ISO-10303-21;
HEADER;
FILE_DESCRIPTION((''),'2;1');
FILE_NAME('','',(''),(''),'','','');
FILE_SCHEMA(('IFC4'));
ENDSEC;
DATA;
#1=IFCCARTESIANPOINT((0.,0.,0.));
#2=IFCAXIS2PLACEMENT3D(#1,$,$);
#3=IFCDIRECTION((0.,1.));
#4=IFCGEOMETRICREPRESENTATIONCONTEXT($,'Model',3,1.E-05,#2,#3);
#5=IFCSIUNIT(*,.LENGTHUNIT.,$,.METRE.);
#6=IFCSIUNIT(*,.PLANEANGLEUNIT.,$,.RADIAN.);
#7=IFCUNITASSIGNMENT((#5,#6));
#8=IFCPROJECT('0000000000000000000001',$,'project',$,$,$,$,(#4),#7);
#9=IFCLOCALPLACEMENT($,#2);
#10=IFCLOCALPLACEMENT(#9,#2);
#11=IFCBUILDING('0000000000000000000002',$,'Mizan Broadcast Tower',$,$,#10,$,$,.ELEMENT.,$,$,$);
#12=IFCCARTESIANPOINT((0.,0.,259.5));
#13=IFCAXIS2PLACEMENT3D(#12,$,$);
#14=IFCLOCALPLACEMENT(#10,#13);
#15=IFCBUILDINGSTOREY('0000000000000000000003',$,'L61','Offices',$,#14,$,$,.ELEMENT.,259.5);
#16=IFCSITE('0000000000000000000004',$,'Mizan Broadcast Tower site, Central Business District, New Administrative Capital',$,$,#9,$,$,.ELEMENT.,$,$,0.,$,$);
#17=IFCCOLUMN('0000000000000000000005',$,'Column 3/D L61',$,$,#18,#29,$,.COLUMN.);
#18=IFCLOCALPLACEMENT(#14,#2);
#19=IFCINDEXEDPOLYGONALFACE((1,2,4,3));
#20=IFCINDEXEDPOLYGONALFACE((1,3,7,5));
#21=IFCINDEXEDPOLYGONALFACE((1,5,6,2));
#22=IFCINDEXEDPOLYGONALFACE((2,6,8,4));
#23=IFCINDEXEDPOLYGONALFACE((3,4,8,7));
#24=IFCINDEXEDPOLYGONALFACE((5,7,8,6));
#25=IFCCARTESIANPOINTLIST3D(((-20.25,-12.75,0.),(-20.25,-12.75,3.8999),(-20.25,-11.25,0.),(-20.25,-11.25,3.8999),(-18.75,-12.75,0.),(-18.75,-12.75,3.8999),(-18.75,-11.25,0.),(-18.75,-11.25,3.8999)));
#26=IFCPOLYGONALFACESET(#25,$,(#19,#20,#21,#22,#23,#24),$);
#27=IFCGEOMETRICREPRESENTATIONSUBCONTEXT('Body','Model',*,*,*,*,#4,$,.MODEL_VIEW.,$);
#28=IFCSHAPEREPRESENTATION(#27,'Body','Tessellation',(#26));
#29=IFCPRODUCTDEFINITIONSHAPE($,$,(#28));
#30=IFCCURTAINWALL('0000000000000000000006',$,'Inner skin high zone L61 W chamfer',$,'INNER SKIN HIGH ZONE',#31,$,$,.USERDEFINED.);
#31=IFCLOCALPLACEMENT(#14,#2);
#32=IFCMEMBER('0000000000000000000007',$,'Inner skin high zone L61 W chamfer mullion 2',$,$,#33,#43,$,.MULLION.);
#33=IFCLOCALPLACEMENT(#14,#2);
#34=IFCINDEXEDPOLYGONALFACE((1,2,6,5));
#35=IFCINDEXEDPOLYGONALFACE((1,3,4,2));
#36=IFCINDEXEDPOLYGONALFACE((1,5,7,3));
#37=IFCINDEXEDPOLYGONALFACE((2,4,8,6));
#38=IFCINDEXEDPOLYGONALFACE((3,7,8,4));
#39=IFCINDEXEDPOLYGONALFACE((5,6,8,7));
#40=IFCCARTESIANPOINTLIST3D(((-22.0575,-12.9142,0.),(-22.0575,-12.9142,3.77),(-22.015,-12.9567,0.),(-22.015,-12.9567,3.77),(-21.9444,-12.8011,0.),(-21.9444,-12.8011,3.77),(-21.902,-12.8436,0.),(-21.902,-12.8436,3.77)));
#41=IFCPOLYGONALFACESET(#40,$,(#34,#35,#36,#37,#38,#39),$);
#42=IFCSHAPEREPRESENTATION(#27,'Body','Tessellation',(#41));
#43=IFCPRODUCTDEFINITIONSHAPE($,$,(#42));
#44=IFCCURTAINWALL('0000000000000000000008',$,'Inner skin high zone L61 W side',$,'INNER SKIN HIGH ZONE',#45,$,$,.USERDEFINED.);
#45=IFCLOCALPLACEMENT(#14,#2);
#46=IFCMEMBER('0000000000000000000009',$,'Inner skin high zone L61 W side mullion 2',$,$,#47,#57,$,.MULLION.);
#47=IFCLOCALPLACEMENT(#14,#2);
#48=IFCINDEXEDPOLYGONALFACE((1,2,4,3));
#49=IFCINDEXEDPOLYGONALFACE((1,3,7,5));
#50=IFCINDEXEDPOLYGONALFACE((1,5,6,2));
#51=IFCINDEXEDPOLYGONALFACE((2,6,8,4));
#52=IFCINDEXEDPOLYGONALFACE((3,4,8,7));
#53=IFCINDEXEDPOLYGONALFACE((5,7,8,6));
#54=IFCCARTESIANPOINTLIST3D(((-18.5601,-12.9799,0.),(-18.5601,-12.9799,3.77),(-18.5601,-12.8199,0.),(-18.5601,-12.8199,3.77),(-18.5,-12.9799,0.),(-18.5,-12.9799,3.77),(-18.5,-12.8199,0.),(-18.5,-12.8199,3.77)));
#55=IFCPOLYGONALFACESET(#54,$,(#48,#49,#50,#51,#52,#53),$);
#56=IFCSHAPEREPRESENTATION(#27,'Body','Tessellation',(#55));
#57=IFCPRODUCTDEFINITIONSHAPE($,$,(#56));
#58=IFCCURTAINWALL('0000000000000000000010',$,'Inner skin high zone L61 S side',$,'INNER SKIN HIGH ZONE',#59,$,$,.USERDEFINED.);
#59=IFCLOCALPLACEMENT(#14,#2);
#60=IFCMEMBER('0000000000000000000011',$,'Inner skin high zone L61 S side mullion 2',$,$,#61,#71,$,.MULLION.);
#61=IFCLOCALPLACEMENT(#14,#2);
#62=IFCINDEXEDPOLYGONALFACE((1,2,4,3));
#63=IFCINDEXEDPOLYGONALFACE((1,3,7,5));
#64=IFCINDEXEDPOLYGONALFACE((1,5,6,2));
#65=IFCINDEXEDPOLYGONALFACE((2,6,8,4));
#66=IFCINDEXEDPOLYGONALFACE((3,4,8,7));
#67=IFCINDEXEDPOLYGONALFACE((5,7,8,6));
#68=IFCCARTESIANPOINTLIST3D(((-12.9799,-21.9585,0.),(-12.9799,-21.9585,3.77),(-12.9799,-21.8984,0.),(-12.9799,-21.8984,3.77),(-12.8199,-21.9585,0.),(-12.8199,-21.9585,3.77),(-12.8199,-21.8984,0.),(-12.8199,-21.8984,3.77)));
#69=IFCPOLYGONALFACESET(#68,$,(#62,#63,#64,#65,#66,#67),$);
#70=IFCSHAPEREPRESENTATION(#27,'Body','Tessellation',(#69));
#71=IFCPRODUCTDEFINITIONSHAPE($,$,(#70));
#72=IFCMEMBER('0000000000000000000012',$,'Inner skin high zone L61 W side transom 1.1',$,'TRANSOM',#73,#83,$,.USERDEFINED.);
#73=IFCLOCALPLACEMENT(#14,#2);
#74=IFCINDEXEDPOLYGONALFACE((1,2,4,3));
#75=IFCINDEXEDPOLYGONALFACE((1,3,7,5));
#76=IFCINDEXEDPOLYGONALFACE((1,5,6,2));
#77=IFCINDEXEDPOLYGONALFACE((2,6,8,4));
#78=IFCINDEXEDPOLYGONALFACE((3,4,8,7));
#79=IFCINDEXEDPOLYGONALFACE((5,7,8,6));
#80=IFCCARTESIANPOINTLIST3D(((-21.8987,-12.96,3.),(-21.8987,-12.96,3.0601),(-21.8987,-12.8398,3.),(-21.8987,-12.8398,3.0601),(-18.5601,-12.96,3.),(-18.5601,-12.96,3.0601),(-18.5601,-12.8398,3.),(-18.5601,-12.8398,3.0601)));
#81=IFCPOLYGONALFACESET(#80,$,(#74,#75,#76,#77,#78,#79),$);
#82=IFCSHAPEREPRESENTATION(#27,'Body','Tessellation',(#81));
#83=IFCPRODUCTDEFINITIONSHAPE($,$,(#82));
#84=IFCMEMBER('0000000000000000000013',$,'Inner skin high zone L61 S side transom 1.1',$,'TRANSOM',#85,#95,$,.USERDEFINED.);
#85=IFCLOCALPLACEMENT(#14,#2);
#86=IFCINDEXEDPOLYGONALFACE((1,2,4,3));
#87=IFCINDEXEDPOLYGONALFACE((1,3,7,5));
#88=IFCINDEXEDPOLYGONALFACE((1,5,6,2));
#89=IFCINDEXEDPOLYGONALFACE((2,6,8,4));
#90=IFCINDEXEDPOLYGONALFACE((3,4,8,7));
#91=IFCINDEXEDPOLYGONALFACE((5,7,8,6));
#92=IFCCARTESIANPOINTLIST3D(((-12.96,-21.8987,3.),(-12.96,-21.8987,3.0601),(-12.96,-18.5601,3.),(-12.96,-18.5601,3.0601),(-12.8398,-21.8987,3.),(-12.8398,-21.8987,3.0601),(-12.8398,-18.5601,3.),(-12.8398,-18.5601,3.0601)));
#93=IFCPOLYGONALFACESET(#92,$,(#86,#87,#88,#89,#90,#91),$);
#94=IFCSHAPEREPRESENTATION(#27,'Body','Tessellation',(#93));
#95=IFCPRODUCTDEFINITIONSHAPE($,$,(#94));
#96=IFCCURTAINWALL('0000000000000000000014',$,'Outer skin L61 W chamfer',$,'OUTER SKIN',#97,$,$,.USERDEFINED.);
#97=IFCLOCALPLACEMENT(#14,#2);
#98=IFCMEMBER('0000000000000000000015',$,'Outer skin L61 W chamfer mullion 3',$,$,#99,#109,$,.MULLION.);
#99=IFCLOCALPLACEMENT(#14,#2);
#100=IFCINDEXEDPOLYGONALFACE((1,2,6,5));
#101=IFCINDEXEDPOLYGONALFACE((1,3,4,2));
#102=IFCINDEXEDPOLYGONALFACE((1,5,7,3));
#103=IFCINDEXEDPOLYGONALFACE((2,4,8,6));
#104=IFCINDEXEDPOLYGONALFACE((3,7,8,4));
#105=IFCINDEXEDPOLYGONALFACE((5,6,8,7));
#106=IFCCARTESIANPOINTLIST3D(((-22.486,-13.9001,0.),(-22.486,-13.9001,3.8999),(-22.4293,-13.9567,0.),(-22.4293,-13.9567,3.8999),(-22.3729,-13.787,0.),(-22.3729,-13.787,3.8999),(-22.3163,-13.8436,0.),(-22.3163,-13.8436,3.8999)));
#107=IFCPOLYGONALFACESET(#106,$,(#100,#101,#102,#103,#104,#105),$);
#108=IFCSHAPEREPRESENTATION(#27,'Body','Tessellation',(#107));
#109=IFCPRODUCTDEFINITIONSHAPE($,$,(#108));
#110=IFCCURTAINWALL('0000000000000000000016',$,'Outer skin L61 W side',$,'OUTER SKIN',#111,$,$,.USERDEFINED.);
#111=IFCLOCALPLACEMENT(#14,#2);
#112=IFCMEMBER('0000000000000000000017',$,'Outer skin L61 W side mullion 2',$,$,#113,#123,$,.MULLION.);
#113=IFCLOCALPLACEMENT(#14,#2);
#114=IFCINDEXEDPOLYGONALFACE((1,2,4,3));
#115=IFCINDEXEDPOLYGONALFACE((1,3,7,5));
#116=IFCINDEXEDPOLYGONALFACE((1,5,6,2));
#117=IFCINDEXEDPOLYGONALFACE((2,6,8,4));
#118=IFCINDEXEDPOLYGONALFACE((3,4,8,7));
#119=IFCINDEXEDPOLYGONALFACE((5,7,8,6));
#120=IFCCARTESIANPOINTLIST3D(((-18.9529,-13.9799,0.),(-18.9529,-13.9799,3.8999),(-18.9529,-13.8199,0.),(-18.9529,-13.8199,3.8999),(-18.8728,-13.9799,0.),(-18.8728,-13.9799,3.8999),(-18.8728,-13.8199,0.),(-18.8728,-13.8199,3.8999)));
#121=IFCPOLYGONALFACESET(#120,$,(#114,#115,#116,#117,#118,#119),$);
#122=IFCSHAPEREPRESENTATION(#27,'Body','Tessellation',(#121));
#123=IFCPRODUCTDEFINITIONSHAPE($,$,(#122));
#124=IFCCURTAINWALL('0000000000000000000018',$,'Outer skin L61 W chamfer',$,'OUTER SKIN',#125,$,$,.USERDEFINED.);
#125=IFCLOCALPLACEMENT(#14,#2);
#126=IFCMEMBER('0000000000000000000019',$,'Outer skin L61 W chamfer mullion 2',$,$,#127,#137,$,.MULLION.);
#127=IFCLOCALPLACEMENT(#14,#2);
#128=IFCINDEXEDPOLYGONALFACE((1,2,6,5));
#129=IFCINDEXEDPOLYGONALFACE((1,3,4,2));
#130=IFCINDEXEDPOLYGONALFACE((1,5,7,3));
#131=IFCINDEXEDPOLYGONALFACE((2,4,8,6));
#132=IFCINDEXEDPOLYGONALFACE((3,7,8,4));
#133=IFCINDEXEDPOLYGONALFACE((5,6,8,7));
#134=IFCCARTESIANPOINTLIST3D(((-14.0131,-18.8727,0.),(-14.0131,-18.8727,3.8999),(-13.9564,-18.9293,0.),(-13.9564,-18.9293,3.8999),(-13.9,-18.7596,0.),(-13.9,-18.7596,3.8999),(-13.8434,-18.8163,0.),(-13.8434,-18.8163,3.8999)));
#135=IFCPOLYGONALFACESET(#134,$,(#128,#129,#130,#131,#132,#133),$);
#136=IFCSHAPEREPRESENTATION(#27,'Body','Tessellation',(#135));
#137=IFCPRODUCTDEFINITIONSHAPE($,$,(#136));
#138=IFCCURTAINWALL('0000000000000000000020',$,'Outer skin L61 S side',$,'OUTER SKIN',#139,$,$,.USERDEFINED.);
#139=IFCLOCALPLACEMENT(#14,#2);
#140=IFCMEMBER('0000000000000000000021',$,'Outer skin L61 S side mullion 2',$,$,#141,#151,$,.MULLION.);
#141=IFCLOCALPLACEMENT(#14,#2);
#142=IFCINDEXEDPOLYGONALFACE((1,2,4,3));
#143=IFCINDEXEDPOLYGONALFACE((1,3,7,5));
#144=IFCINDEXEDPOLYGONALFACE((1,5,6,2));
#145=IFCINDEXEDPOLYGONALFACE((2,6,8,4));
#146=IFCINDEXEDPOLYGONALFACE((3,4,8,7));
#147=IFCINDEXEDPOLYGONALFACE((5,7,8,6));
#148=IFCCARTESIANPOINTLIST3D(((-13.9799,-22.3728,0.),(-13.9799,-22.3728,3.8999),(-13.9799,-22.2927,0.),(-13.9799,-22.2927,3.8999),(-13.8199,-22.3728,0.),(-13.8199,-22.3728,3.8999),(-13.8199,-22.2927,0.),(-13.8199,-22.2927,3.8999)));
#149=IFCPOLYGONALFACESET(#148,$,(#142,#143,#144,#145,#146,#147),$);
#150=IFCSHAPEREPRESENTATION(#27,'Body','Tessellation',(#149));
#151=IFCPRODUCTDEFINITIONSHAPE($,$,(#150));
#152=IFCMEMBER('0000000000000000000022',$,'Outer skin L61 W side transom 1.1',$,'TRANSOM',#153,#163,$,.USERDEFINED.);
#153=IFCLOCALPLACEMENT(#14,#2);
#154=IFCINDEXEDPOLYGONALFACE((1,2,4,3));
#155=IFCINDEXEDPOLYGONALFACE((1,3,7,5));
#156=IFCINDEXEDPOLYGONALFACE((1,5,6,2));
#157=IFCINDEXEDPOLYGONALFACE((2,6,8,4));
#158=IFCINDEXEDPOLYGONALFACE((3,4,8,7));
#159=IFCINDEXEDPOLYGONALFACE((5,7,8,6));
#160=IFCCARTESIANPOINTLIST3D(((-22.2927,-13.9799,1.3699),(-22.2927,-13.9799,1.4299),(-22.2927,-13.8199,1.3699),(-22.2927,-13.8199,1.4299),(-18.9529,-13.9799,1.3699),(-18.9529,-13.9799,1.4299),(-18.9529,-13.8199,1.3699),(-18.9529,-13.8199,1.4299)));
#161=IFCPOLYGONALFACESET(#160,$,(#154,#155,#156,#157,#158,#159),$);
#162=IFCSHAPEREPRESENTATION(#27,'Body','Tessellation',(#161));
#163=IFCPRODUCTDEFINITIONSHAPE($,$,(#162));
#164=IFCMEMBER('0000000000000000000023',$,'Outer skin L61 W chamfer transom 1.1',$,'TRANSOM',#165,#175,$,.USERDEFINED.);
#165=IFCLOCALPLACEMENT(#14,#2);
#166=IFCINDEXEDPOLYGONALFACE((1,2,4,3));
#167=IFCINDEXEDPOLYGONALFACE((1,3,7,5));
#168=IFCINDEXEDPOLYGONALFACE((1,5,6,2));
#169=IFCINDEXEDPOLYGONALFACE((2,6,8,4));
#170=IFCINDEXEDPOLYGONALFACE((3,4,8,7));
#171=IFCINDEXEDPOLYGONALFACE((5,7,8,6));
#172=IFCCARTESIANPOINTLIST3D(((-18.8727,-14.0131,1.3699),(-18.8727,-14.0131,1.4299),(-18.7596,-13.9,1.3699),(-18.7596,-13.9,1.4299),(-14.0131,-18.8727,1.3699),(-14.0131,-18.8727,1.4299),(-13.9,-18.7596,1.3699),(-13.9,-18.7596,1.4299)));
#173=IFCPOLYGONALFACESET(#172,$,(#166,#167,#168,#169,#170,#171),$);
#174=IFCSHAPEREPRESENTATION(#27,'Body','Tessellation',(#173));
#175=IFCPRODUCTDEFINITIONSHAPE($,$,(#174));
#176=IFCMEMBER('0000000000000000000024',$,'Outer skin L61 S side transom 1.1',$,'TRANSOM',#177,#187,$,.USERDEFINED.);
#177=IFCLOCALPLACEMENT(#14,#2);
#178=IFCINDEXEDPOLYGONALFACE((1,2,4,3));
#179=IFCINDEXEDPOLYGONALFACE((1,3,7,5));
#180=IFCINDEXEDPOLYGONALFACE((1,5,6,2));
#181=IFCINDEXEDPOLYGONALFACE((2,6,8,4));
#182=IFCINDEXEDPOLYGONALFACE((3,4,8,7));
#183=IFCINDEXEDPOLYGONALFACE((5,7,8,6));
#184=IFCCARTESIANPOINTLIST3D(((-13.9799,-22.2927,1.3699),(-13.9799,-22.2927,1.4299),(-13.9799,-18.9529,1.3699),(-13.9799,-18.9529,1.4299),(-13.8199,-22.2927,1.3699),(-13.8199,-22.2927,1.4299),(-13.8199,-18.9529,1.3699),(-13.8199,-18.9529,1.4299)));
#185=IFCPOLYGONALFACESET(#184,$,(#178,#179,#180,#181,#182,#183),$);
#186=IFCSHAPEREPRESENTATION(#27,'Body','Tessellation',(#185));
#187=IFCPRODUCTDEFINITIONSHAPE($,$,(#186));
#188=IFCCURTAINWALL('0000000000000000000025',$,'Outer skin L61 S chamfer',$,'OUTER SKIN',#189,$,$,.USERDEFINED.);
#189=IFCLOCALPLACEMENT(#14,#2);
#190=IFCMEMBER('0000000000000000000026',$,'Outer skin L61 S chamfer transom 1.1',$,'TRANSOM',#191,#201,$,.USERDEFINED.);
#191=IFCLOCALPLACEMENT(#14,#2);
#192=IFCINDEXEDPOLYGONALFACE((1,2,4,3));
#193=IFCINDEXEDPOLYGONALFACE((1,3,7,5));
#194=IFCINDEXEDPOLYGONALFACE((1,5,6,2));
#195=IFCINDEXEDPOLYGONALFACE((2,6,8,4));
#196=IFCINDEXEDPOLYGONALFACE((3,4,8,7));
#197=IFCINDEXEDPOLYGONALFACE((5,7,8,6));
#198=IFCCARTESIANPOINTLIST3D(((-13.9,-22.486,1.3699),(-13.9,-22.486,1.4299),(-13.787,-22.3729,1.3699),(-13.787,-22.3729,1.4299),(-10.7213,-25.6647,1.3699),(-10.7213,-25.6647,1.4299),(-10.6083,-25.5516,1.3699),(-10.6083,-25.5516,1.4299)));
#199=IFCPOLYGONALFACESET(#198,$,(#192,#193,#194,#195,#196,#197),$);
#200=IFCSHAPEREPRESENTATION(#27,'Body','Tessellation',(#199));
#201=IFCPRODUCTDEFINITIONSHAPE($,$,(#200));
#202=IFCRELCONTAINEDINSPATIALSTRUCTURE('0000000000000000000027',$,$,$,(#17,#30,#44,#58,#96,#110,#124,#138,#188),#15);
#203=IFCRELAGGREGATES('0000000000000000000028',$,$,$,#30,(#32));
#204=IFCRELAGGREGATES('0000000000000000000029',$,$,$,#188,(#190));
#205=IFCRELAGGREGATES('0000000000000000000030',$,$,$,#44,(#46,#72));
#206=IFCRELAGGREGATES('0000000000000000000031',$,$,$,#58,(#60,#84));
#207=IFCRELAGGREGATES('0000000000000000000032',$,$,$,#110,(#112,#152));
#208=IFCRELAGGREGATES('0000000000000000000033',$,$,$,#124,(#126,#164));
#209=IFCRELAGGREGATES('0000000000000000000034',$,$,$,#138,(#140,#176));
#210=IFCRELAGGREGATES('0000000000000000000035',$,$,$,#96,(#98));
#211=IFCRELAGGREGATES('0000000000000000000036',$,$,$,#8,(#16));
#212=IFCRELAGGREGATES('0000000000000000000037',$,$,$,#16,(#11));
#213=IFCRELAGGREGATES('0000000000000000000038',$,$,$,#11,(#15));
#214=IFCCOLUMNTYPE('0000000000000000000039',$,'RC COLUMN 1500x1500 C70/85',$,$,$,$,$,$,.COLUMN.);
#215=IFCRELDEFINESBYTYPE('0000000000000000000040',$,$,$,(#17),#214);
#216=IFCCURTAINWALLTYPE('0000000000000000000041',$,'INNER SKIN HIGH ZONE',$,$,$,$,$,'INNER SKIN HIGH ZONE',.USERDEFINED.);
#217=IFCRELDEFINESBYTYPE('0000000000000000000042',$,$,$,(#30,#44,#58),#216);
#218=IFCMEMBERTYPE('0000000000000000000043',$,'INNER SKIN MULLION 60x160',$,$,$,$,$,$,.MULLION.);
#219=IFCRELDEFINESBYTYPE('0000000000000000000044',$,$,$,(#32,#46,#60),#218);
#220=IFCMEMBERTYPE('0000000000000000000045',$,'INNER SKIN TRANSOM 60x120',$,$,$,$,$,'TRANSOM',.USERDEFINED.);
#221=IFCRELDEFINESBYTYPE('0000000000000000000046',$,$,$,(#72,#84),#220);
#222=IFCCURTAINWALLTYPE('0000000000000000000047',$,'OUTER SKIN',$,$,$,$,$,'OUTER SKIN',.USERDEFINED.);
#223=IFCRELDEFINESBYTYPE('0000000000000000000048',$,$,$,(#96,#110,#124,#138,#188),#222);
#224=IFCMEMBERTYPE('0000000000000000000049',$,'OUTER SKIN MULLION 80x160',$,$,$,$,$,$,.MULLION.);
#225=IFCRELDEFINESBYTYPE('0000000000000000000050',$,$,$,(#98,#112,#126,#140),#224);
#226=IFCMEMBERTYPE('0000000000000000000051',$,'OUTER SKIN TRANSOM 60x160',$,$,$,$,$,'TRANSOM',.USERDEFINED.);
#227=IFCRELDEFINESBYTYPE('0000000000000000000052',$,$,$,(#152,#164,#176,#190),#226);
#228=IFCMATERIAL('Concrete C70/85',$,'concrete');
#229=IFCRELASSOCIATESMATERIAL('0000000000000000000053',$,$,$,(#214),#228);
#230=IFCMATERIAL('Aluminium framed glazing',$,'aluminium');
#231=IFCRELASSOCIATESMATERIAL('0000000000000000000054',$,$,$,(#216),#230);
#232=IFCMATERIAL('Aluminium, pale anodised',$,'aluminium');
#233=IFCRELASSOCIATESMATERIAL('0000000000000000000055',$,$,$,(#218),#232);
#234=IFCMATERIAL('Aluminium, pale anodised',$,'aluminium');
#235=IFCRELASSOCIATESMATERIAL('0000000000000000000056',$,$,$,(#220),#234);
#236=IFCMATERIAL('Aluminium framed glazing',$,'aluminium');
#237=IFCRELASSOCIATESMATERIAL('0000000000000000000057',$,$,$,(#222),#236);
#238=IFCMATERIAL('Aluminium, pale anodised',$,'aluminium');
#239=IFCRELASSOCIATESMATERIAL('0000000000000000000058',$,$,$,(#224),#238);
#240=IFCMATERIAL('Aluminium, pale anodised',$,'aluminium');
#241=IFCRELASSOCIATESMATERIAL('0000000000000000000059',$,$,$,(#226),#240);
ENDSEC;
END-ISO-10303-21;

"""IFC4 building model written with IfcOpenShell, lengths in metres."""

from ifc_helpers import new_model, si_unit, direction, frame, origin, origin_2d, place, context, subcontext, project, spatial, rectangle, extrude, material, material_profile, profile_set, type_object, element, aggregate, save


model = new_model("IFC4")

# Units and contexts
model_context = context("Model", 3, precision=1e-05, world=origin(), true_north=direction((0.0, 1.0)))
body_context = subcontext(model_context, "Body", "Model", "MODEL_VIEW")
ifc_project = project(units=[si_unit("LENGTHUNIT", "METRE"), si_unit("PLANEANGLEUNIT", "RADIAN")], contexts=[model_context])

# Site, building, storey
site_placement = place(None, origin())
site = spatial("IfcSite", under=ifc_project, at=site_placement, Name="Mizan Broadcast Tower site, Central Business District, New Administrative Capital", CompositionType="ELEMENT", RefElevation=0.0)
building_placement = place(site_placement, origin())
building = spatial("IfcBuilding", under=site, at=building_placement, Name="Mizan Broadcast Tower", CompositionType="ELEMENT")
storey_placement = place(building_placement, frame((0.0, 0.0, 259.5)))
storey = spatial("IfcBuildingStorey", under=building, at=storey_placement, Name="L61", Description="Offices", CompositionType="ELEMENT", Elevation=259.5)

# Column
ifc_material_1 = material(Name="Concrete C70/85", Category="concrete")
ifc_material_profile_1 = material_profile(ifc_material_1, rectangle(XDim=1.5, YDim=1.5, at=origin_2d()), Name="RC 1500x1500")
ifc_profile_set_1 = profile_set([ifc_material_profile_1], Name="Concrete C70/85")
column_type = type_object("IfcColumnType", Name="RC COLUMN 1500x1500 C70/85", PredefinedType="COLUMN", material=ifc_profile_set_1)
column_placement = place(storey_placement, frame((-19.5, -12.0, 0.0), z_axis=(0.0, 0.0, 1.0), x_axis=(1.0, 0.0, 0.0)))
element("IfcColumn", 1, at=column_placement, inside=storey, type_object=column_type, Name="Column 3/D L61", PredefinedType="COLUMN", context=body_context, shape_type="SweptSolid", body=[
    extrude(rectangle(XDim=1.5, YDim=1.5, at=origin_2d()), origin(), (0.0, 0.0, 1.0), 3.8999),
])

# Curtain walls, members
ifc_material_2 = material(Name="Aluminium framed glazing", Category="aluminium")
curtain_wall_type_1 = type_object("IfcCurtainWallType", Name="INNER SKIN HIGH ZONE", ElementType="INNER SKIN HIGH ZONE", PredefinedType="USERDEFINED", material=ifc_material_2)
curtain_wall_1_placement = place(storey_placement, origin())
curtain_wall_1 = element("IfcCurtainWall", 2, at=curtain_wall_1_placement, inside=storey, type_object=curtain_wall_type_1, Name="Inner skin high zone L61 W chamfer", ObjectType="INNER SKIN HIGH ZONE", PredefinedType="USERDEFINED")
ifc_material_3 = material(Name="Aluminium, pale anodised", Category="aluminium")
ifc_material_profile_2 = material_profile(ifc_material_3, rectangle(XDim=0.1599, YDim=0.0601, at=origin_2d()), Name="MULLION 160x60")
ifc_profile_set_2 = profile_set([ifc_material_profile_2], Name="Aluminium, pale anodised")
member_type_1 = type_object("IfcMemberType", Name="INNER SKIN MULLION 60x160", PredefinedType="MULLION", material=ifc_profile_set_2)
member_1_placement = place(storey_placement, frame((-21.9797, -12.8789, 0.0), z_axis=(0.0, 0.0, 1.0), x_axis=(0.707107, 0.707107, 0.0)))
member_1 = element("IfcMember", 3, at=member_1_placement, type_object=member_type_1, Name="Inner skin high zone L61 W chamfer mullion 2", PredefinedType="MULLION", context=body_context, shape_type="SweptSolid", body=[
    extrude(rectangle(XDim=0.1599, YDim=0.0601, at=origin_2d()), origin(), (0.0, 0.0, 1.0), 3.77),
])
aggregate(curtain_wall_1, [member_1])
curtain_wall_2_placement = place(storey_placement, origin())
curtain_wall_2 = element("IfcCurtainWall", 4, at=curtain_wall_2_placement, inside=storey, type_object=curtain_wall_type_1, Name="Inner skin high zone L61 W side", ObjectType="INNER SKIN HIGH ZONE", PredefinedType="USERDEFINED")
member_2_placement = place(storey_placement, frame((-18.53, -12.8999, 0.0), z_axis=(0.0, 0.0, 1.0), x_axis=(0.0, 1.0, 0.0)))
member_2 = element("IfcMember", 5, at=member_2_placement, type_object=member_type_1, Name="Inner skin high zone L61 W side mullion 2", PredefinedType="MULLION", context=body_context, shape_type="SweptSolid", body=[
    extrude(rectangle(XDim=0.1599, YDim=0.0601, at=origin_2d()), origin(), (0.0, 0.0, 1.0), 3.77),
])
curtain_wall_3_placement = place(storey_placement, origin())
curtain_wall_3 = element("IfcCurtainWall", 6, at=curtain_wall_3_placement, inside=storey, type_object=curtain_wall_type_1, Name="Inner skin high zone L61 S side", ObjectType="INNER SKIN HIGH ZONE", PredefinedType="USERDEFINED")
member_3_placement = place(storey_placement, frame((-12.8999, -21.9285, 0.0), z_axis=(0.0, 0.0, 1.0), x_axis=(1.0, 0.0, 0.0)))
member_3 = element("IfcMember", 7, at=member_3_placement, type_object=member_type_1, Name="Inner skin high zone L61 S side mullion 2", PredefinedType="MULLION", context=body_context, shape_type="SweptSolid", body=[
    extrude(rectangle(XDim=0.1599, YDim=0.0601, at=origin_2d()), origin(), (0.0, 0.0, 1.0), 3.77),
])

# Members
ifc_material_4 = material(Name="Aluminium, pale anodised", Category="aluminium")
ifc_material_profile_3 = material_profile(ifc_material_4, rectangle(XDim=0.1201, YDim=0.0601, at=origin_2d()), Name="TRANSOM 120x60")
ifc_profile_set_3 = profile_set([ifc_material_profile_3], Name="Aluminium, pale anodised")
member_type_2 = type_object("IfcMemberType", Name="INNER SKIN TRANSOM 60x120", ElementType="TRANSOM", PredefinedType="USERDEFINED", material=ifc_profile_set_3)
member_4_placement = place(storey_placement, frame((-21.8987, -12.8999, 3.03), z_axis=(1.0, 0.0, 0.0), x_axis=(0.0, 1.0, 0.0)))
member_4 = element("IfcMember", 8, at=member_4_placement, type_object=member_type_2, Name="Inner skin high zone L61 W side transom 1.1", ObjectType="TRANSOM", PredefinedType="USERDEFINED", context=body_context, shape_type="SweptSolid", body=[
    extrude(rectangle(XDim=0.1201, YDim=0.0601, at=origin_2d()), origin(), (0.0, 0.0, 1.0), 3.3386),
])
member_5_placement = place(storey_placement, frame((-12.8999, -18.5601, 3.03), z_axis=(0.0, -1.0, 0.0), x_axis=(1.0, 0.0, 0.0)))
member_5 = element("IfcMember", 9, at=member_5_placement, type_object=member_type_2, Name="Inner skin high zone L61 S side transom 1.1", ObjectType="TRANSOM", PredefinedType="USERDEFINED", context=body_context, shape_type="SweptSolid", body=[
    extrude(rectangle(XDim=0.1201, YDim=0.0601, at=origin_2d()), origin(), (0.0, 0.0, 1.0), 3.3386),
])

# Curtain walls, members
ifc_material_5 = material(Name="Aluminium framed glazing", Category="aluminium")
curtain_wall_type_2 = type_object("IfcCurtainWallType", Name="OUTER SKIN", ElementType="OUTER SKIN", PredefinedType="USERDEFINED", material=ifc_material_5)
curtain_wall_4_placement = place(storey_placement, origin())
curtain_wall_4 = element("IfcCurtainWall", 10, at=curtain_wall_4_placement, inside=storey, type_object=curtain_wall_type_2, Name="Outer skin L61 W chamfer", ObjectType="OUTER SKIN", PredefinedType="USERDEFINED")
ifc_material_6 = material(Name="Aluminium, pale anodised", Category="aluminium")
ifc_material_profile_4 = material_profile(ifc_material_6, rectangle(XDim=0.1599, YDim=0.0801, at=origin_2d()), Name="MULLION 160x80")
ifc_profile_set_4 = profile_set([ifc_material_profile_4], Name="Aluminium, pale anodised")
member_type_3 = type_object("IfcMemberType", Name="OUTER SKIN MULLION 80x160", PredefinedType="MULLION", material=ifc_profile_set_4)
member_6_placement = place(storey_placement, frame((-22.4011, -13.8718, 0.0), z_axis=(0.0, 0.0, 1.0), x_axis=(0.707107, 0.707107, 0.0)))
member_6 = element("IfcMember", 11, at=member_6_placement, type_object=member_type_3, Name="Outer skin L61 W chamfer mullion 3", PredefinedType="MULLION", context=body_context, shape_type="SweptSolid", body=[
    extrude(rectangle(XDim=0.1599, YDim=0.0801, at=origin_2d()), origin(), (0.0, 0.0, 1.0), 3.8999),
])
curtain_wall_5_placement = place(storey_placement, origin())
curtain_wall_5 = element("IfcCurtainWall", 12, at=curtain_wall_5_placement, inside=storey, type_object=curtain_wall_type_2, Name="Outer skin L61 W side", ObjectType="OUTER SKIN", PredefinedType="USERDEFINED")
member_7_placement = place(storey_placement, frame((-18.9128, -13.8999, 0.0), z_axis=(0.0, 0.0, 1.0), x_axis=(0.0, 1.0, 0.0)))
member_7 = element("IfcMember", 13, at=member_7_placement, type_object=member_type_3, Name="Outer skin L61 W side mullion 2", PredefinedType="MULLION", context=body_context, shape_type="SweptSolid", body=[
    extrude(rectangle(XDim=0.1599, YDim=0.0801, at=origin_2d()), origin(), (0.0, 0.0, 1.0), 3.8999),
])
curtain_wall_6_placement = place(storey_placement, origin())
curtain_wall_6 = element("IfcCurtainWall", 14, at=curtain_wall_6_placement, inside=storey, type_object=curtain_wall_type_2, Name="Outer skin L61 W chamfer", ObjectType="OUTER SKIN", PredefinedType="USERDEFINED")
member_8_placement = place(storey_placement, frame((-13.9282, -18.8445, 0.0), z_axis=(0.0, 0.0, 1.0), x_axis=(0.707107, 0.707107, 0.0)))
member_8 = element("IfcMember", 15, at=member_8_placement, type_object=member_type_3, Name="Outer skin L61 W chamfer mullion 2", PredefinedType="MULLION", context=body_context, shape_type="SweptSolid", body=[
    extrude(rectangle(XDim=0.1599, YDim=0.0801, at=origin_2d()), origin(), (0.0, 0.0, 1.0), 3.8999),
])
curtain_wall_7_placement = place(storey_placement, origin())
curtain_wall_7 = element("IfcCurtainWall", 16, at=curtain_wall_7_placement, inside=storey, type_object=curtain_wall_type_2, Name="Outer skin L61 S side", ObjectType="OUTER SKIN", PredefinedType="USERDEFINED")
member_9_placement = place(storey_placement, frame((-13.8999, -22.3328, 0.0), z_axis=(0.0, 0.0, 1.0), x_axis=(1.0, 0.0, 0.0)))
member_9 = element("IfcMember", 17, at=member_9_placement, type_object=member_type_3, Name="Outer skin L61 S side mullion 2", PredefinedType="MULLION", context=body_context, shape_type="SweptSolid", body=[
    extrude(rectangle(XDim=0.1599, YDim=0.0801, at=origin_2d()), origin(), (0.0, 0.0, 1.0), 3.8999),
])

# Members
ifc_material_7 = material(Name="Aluminium, pale anodised", Category="aluminium")
ifc_material_profile_5 = material_profile(ifc_material_7, rectangle(XDim=0.1599, YDim=0.0601, at=origin_2d()), Name="TRANSOM 160x60")
ifc_profile_set_5 = profile_set([ifc_material_profile_5], Name="Aluminium, pale anodised")
member_type_4 = type_object("IfcMemberType", Name="OUTER SKIN TRANSOM 60x160", ElementType="TRANSOM", PredefinedType="USERDEFINED", material=ifc_profile_set_5)
member_10_placement = place(storey_placement, frame((-22.2927, -13.8999, 1.3999), z_axis=(1.0, 0.0, 0.0), x_axis=(0.0, 1.0, 0.0)))
member_10 = element("IfcMember", 18, at=member_10_placement, type_object=member_type_4, Name="Outer skin L61 W side transom 1.1", ObjectType="TRANSOM", PredefinedType="USERDEFINED", context=body_context, shape_type="SweptSolid", body=[
    extrude(rectangle(XDim=0.1599, YDim=0.0601, at=origin_2d()), origin(), (0.0, 0.0, 1.0), 3.3398),
])
member_11_placement = place(storey_placement, frame((-18.8162, -13.9565, 1.3999), z_axis=(0.707107, -0.707107, 0.0), x_axis=(0.707107, 0.707107, 0.0)))
member_11 = element("IfcMember", 19, at=member_11_placement, type_object=member_type_4, Name="Outer skin L61 W chamfer transom 1.1", ObjectType="TRANSOM", PredefinedType="USERDEFINED", context=body_context, shape_type="SweptSolid", body=[
    extrude(rectangle(XDim=0.1599, YDim=0.0601, at=origin_2d()), origin(), (0.0, 0.0, 1.0), 6.8726),
])
member_12_placement = place(storey_placement, frame((-13.8999, -18.9529, 1.3999), z_axis=(0.0, -1.0, 0.0), x_axis=(1.0, 0.0, 0.0)))
member_12 = element("IfcMember", 20, at=member_12_placement, type_object=member_type_4, Name="Outer skin L61 S side transom 1.1", ObjectType="TRANSOM", PredefinedType="USERDEFINED", context=body_context, shape_type="SweptSolid", body=[
    extrude(rectangle(XDim=0.1599, YDim=0.0601, at=origin_2d()), origin(), (0.0, 0.0, 1.0), 3.3398),
])

# Curtain wall, member
curtain_wall_8_placement = place(storey_placement, origin())
curtain_wall_8 = element("IfcCurtainWall", 21, at=curtain_wall_8_placement, inside=storey, type_object=curtain_wall_type_2, Name="Outer skin L61 S chamfer", ObjectType="OUTER SKIN", PredefinedType="USERDEFINED")
member_13_placement = place(storey_placement, frame((-13.8435, -22.4294, 1.3999), z_axis=(0.707107, -0.707107, 0.0), x_axis=(0.707107, 0.707107, 0.0)))
member_13 = element("IfcMember", 22, at=member_13_placement, type_object=member_type_4, Name="Outer skin L61 S chamfer transom 1.1", ObjectType="TRANSOM", PredefinedType="USERDEFINED", context=body_context, shape_type="SweptSolid", body=[
    extrude(rectangle(XDim=0.1599, YDim=0.0601, at=origin_2d()), origin(), (0.0, 0.0, 1.0), 4.4954),
])
aggregate(curtain_wall_8, [member_13])

aggregate(curtain_wall_2, [member_2, member_4])
aggregate(curtain_wall_3, [member_3, member_5])
aggregate(curtain_wall_5, [member_7, member_10])
aggregate(curtain_wall_6, [member_8, member_11])
aggregate(curtain_wall_7, [member_9, member_12])
aggregate(curtain_wall_4, [member_6])

save(model, "model.ifc")
